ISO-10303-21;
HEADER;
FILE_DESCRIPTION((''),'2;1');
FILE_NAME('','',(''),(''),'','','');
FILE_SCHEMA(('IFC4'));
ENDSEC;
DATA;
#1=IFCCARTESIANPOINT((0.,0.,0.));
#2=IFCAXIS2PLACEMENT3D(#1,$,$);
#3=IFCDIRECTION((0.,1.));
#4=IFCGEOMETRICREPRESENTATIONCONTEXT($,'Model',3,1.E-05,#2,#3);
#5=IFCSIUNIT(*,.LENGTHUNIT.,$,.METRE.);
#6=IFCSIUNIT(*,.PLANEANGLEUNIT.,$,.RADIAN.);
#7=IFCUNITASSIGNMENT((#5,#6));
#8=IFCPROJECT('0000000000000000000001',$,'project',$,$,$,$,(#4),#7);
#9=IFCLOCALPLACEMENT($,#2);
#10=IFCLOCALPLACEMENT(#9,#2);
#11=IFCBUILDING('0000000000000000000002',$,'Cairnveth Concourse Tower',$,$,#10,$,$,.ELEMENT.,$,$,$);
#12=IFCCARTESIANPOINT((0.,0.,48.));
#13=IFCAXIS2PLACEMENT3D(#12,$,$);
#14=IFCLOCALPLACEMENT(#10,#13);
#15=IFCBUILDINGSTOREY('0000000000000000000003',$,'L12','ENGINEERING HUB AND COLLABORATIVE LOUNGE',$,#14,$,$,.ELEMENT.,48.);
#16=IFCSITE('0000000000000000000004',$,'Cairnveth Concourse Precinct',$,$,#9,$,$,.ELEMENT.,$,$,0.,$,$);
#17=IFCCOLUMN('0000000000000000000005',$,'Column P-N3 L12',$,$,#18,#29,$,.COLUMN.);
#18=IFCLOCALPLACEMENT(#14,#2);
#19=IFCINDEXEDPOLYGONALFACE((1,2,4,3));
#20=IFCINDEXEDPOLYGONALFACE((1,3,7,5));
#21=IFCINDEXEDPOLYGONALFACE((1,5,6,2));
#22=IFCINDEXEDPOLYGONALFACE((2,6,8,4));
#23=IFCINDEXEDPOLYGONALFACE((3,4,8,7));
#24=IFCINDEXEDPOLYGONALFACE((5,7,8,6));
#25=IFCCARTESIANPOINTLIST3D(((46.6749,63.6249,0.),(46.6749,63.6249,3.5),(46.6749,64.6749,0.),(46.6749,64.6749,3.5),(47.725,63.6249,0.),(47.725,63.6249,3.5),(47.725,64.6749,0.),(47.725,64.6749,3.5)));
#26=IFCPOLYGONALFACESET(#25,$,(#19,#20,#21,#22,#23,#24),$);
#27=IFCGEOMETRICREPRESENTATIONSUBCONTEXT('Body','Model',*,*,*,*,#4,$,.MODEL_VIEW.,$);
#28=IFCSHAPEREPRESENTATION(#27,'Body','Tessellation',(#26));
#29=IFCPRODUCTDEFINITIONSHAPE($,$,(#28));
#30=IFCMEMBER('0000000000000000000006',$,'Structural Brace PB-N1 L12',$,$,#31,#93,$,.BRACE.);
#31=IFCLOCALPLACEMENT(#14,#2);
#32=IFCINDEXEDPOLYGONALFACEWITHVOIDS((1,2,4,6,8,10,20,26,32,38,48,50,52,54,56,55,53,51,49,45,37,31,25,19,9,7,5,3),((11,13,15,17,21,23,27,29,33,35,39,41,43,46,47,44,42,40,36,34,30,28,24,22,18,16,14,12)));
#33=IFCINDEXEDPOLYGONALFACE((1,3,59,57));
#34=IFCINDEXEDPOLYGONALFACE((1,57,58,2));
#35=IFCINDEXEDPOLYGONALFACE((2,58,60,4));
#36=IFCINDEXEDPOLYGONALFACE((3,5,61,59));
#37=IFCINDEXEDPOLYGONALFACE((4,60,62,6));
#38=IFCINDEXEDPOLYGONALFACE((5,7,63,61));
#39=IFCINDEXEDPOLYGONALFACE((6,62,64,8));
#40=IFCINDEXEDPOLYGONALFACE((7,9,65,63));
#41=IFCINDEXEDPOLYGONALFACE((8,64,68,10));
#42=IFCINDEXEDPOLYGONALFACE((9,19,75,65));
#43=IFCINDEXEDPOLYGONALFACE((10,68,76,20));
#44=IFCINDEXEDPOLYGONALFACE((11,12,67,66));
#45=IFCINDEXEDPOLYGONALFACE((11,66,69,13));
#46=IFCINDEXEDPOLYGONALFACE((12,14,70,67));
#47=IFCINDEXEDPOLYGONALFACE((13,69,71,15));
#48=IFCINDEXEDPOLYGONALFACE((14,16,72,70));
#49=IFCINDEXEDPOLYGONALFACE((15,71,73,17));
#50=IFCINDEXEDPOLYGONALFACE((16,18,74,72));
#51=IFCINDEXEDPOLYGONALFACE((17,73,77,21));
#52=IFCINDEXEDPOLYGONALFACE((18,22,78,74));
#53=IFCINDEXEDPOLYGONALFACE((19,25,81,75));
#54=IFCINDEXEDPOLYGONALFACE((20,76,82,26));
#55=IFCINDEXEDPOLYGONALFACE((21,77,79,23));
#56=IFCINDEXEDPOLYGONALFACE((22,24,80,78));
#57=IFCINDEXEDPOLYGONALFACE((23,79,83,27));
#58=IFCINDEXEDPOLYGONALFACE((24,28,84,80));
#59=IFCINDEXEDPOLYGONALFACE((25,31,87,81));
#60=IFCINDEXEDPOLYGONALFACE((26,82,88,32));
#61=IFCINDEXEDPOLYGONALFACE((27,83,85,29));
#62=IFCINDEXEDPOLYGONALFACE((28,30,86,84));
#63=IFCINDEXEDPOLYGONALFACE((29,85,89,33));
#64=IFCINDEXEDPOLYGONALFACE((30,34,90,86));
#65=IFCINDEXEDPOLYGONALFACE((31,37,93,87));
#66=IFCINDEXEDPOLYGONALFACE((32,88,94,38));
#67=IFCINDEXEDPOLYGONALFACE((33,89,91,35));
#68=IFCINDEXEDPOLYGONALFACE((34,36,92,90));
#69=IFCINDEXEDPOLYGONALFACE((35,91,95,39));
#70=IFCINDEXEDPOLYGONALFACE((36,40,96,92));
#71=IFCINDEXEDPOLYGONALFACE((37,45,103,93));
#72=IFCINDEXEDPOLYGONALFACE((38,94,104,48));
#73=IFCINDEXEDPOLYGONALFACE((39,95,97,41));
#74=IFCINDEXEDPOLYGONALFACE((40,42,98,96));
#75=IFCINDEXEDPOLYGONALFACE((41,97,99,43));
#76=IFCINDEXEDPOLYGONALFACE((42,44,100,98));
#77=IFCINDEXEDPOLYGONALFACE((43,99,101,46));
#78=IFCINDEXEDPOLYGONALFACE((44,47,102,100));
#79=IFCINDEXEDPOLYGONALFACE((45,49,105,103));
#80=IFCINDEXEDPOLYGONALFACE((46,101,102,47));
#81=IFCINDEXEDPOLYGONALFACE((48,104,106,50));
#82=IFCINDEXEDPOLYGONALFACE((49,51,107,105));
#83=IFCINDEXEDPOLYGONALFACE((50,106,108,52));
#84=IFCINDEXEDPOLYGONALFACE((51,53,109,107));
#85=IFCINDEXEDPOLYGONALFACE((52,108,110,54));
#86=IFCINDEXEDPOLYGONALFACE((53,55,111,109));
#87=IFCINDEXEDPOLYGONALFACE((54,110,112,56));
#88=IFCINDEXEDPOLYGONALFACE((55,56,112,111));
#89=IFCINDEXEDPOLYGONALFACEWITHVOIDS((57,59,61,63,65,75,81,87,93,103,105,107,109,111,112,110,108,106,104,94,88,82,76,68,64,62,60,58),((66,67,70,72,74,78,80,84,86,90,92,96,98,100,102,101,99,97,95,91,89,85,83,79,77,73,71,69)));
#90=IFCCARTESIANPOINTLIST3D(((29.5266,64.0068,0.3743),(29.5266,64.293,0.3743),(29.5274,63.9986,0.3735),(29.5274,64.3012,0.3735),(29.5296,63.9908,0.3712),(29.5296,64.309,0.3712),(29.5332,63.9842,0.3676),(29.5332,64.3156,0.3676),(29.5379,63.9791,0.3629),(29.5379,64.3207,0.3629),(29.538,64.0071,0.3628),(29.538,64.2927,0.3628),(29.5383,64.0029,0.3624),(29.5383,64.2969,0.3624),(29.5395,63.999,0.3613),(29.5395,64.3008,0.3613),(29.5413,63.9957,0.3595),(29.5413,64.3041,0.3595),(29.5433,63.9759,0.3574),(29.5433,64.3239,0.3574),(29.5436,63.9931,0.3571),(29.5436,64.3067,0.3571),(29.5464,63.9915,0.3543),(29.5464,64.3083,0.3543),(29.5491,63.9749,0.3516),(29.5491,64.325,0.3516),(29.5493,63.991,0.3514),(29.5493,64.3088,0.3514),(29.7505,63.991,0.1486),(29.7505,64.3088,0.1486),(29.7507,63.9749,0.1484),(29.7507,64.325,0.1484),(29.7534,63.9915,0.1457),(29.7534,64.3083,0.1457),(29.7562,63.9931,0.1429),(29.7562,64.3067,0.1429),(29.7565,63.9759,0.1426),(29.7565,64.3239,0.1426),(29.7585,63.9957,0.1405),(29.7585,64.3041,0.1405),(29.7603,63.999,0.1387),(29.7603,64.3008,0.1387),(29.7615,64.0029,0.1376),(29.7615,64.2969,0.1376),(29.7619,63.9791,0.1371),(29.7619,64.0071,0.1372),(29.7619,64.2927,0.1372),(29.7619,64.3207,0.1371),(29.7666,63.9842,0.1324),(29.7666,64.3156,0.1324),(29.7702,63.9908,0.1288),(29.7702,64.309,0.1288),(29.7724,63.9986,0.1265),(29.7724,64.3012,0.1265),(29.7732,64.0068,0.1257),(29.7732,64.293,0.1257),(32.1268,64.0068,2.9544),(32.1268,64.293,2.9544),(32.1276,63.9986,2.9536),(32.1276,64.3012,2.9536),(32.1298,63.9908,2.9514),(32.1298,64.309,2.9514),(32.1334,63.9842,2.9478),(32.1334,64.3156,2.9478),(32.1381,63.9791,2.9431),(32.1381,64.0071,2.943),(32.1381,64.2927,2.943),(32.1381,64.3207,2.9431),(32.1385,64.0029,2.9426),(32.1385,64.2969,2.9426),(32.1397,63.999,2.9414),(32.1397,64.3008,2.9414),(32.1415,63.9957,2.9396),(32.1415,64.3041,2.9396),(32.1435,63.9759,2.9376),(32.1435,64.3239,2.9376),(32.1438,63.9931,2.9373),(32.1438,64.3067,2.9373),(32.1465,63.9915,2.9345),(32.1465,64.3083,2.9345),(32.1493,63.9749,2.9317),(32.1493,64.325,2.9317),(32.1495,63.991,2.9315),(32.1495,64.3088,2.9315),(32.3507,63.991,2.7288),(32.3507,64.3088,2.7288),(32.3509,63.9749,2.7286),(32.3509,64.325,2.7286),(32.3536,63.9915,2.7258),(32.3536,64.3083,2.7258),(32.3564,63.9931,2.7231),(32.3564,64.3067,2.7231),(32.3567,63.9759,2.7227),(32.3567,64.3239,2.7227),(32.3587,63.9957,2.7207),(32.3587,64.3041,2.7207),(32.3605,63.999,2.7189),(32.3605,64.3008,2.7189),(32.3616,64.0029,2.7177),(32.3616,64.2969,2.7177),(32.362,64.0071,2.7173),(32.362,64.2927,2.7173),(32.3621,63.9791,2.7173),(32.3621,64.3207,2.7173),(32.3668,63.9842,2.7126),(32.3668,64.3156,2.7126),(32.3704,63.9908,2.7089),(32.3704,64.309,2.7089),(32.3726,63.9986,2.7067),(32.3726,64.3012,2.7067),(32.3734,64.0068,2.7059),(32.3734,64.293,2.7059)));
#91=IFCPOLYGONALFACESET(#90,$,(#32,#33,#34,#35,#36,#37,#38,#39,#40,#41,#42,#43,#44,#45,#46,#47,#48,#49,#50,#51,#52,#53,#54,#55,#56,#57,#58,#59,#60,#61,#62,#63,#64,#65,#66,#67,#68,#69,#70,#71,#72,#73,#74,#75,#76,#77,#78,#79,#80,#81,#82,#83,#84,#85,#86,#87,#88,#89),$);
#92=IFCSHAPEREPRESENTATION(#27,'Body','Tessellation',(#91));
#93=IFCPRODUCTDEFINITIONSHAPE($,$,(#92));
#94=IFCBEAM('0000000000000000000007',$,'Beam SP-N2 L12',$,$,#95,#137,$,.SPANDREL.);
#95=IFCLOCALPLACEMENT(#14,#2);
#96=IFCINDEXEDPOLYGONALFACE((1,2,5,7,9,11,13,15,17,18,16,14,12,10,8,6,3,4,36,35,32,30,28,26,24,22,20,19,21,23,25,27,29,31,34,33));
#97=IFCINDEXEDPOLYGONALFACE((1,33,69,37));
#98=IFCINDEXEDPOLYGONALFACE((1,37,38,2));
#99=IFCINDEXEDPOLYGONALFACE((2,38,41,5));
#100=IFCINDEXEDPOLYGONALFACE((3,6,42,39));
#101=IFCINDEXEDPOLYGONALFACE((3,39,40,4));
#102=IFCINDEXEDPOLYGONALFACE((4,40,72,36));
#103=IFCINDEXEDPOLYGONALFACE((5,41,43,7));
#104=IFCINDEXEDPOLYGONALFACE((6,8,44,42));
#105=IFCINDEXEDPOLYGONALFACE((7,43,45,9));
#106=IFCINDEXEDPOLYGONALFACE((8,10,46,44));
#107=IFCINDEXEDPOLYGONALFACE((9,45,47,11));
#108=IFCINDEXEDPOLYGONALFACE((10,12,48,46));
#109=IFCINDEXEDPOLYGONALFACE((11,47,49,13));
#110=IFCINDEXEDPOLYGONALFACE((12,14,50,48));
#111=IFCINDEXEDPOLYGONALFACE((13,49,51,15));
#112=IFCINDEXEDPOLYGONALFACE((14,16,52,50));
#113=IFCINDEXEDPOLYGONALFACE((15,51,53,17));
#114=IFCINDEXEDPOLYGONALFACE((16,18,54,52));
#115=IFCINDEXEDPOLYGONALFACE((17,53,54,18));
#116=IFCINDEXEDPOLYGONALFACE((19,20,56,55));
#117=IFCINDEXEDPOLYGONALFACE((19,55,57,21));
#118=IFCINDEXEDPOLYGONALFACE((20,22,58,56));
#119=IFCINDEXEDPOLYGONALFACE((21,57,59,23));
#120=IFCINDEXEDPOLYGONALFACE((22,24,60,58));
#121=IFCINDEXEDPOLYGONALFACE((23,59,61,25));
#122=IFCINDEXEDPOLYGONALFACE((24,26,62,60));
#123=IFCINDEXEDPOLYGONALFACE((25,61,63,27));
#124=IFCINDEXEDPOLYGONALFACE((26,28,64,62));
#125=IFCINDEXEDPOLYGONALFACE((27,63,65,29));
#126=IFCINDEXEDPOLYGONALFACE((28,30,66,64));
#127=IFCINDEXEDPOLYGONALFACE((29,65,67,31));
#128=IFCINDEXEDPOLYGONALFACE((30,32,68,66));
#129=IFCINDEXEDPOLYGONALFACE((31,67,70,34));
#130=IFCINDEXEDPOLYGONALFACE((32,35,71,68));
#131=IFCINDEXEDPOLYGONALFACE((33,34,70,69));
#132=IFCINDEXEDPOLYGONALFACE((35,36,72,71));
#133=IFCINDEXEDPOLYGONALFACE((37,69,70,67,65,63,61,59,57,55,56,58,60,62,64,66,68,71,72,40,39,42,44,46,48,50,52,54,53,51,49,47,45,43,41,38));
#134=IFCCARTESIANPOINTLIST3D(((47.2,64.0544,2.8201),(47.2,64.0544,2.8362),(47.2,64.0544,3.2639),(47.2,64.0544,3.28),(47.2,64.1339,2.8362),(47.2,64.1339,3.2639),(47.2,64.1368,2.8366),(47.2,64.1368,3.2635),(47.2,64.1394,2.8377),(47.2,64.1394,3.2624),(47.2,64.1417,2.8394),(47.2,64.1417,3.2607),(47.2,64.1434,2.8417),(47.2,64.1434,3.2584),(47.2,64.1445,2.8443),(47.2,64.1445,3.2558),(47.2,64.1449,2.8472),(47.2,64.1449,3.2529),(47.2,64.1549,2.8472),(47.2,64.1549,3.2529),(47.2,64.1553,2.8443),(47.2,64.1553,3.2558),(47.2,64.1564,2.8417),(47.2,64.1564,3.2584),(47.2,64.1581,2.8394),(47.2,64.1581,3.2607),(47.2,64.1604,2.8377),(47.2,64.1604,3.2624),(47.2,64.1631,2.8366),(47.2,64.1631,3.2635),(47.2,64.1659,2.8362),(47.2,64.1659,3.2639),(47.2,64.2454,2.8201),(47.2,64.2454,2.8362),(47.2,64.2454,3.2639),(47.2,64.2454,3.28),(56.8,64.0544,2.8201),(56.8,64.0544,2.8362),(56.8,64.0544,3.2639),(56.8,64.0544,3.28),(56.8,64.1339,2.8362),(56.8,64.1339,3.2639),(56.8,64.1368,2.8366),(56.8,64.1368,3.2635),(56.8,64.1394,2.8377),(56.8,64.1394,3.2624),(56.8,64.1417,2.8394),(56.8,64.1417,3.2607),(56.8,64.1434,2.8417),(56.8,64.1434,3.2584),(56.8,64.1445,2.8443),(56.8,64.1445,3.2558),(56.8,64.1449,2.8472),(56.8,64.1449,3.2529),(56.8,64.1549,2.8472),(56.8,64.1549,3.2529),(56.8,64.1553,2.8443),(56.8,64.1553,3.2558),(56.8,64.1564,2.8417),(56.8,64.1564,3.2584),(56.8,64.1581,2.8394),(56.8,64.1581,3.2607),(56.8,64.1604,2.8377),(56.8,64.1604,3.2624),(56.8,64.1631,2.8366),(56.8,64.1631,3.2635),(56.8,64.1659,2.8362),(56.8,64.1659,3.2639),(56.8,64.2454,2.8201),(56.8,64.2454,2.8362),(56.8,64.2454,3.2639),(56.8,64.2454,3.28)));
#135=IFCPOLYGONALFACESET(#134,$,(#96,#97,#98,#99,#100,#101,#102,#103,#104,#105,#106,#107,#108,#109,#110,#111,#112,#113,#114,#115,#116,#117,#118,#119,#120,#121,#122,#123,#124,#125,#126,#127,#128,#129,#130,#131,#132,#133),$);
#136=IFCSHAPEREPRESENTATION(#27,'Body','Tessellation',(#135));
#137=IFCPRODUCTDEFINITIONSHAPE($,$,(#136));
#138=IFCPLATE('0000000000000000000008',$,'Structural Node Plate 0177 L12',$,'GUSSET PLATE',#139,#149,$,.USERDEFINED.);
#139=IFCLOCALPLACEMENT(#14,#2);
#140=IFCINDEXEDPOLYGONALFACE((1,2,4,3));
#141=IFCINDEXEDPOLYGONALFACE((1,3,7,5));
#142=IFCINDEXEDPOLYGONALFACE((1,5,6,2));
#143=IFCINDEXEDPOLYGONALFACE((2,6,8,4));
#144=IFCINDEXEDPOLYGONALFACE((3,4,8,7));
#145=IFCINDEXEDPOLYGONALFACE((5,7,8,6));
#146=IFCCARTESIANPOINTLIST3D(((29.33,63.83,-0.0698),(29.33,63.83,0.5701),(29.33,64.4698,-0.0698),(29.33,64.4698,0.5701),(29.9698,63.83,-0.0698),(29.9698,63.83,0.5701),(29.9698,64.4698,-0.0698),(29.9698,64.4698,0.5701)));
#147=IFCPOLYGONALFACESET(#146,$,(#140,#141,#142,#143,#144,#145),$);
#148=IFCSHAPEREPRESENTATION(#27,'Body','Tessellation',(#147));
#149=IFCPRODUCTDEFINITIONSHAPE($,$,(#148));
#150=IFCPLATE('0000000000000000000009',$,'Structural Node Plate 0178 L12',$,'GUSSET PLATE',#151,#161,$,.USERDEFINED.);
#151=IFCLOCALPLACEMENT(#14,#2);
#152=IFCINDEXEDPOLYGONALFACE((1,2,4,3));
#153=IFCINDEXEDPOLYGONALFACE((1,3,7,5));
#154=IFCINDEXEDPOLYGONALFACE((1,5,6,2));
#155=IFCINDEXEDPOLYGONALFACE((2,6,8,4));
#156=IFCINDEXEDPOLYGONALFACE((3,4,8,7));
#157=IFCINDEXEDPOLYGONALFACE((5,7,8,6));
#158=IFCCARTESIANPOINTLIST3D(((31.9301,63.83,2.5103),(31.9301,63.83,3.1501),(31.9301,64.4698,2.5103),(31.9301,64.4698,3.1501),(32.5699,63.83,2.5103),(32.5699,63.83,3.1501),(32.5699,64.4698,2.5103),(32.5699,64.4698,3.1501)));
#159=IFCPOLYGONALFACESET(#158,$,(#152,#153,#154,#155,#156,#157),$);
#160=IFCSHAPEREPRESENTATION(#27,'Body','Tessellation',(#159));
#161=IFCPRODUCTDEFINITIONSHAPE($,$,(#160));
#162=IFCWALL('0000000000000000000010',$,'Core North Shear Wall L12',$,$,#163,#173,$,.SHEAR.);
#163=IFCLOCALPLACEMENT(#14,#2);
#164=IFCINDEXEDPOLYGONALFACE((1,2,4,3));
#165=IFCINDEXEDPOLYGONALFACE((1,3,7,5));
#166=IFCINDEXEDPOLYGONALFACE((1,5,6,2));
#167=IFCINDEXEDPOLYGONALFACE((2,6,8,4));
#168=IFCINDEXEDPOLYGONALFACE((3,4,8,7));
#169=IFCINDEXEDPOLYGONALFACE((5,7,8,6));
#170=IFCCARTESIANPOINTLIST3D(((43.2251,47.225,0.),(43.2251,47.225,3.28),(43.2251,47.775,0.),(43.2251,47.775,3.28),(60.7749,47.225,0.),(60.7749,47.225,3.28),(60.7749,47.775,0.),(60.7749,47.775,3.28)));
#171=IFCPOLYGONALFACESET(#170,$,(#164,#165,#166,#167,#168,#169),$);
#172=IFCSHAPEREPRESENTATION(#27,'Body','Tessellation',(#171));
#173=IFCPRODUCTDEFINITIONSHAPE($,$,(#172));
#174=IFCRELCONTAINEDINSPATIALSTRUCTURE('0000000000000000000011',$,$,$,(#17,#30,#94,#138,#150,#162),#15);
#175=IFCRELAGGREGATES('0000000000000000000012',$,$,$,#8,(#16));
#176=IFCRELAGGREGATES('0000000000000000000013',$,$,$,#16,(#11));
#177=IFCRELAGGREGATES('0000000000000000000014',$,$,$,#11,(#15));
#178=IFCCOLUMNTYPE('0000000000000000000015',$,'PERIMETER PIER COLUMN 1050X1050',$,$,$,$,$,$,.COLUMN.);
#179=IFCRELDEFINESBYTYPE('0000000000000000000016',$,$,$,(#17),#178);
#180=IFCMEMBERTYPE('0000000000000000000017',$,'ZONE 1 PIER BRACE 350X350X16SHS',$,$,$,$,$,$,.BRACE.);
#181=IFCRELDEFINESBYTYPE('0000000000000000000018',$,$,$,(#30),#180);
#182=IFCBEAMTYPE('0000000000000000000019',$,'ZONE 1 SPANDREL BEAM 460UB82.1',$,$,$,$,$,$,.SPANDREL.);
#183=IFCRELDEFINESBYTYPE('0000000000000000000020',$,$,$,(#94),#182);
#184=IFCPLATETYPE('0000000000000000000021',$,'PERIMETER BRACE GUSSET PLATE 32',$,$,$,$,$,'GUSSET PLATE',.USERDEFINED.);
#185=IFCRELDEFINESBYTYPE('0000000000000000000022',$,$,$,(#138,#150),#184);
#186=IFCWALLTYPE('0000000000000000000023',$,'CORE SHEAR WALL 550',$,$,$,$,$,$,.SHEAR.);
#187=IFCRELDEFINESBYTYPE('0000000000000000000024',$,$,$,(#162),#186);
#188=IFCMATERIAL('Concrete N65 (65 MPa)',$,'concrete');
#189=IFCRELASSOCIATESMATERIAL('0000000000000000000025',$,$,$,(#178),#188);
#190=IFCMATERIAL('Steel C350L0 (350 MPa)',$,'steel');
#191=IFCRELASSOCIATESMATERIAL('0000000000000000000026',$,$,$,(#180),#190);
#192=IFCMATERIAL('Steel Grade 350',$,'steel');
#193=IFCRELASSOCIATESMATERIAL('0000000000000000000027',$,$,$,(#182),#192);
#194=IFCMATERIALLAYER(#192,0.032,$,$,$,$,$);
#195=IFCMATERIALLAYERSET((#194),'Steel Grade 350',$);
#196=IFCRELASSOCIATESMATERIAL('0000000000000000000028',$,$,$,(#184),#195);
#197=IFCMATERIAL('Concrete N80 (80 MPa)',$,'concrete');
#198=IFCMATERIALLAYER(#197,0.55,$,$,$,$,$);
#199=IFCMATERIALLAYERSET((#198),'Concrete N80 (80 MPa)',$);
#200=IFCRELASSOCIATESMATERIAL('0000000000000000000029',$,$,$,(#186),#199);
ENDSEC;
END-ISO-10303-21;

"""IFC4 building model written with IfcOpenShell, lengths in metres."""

from ifc_helpers import new_model, si_unit, direction, frame, frame_2d, origin, origin_2d, place, context, subcontext, project, spatial, rectangle, hollow_rectangle, i_section, extrude, material, layer, layer_set, material_profile, profile_set, type_object, element, save


model = new_model("IFC4")

# Units and contexts
model_context = context("Model", 3, precision=1e-05, world=origin(), true_north=direction((0.0, 1.0)))
body_context = subcontext(model_context, "Body", "Model", "MODEL_VIEW")
ifc_project = project(units=[si_unit("LENGTHUNIT", "METRE"), si_unit("PLANEANGLEUNIT", "RADIAN")], contexts=[model_context])

# Site, building, storey
site_placement = place(None, origin())
site = spatial("IfcSite", under=ifc_project, at=site_placement, Name="Cairnveth Concourse Precinct", CompositionType="ELEMENT", RefElevation=0.0)
building_placement = place(site_placement, origin())
building = spatial("IfcBuilding", under=site, at=building_placement, Name="Cairnveth Concourse Tower", CompositionType="ELEMENT")
storey_placement = place(building_placement, frame((0.0, 0.0, 48.0)))
storey = spatial("IfcBuildingStorey", under=building, at=storey_placement, Name="L12", Description="ENGINEERING HUB AND COLLABORATIVE LOUNGE", CompositionType="ELEMENT", Elevation=48.0)

# Column
ifc_material_1 = material(Name="Concrete N65 (65 MPa)", Category="concrete")
ifc_material_profile_1 = material_profile(ifc_material_1, rectangle(XDim=1.05, YDim=1.05, at=origin_2d()), Name="RC-COL-1050x1050")
ifc_profile_set_1 = profile_set([ifc_material_profile_1], Name="Concrete N65 (65 MPa)")
column_type = type_object("IfcColumnType", Name="PERIMETER PIER COLUMN 1050X1050", PredefinedType="COLUMN", material=ifc_profile_set_1)
column_placement = place(storey_placement, frame((47.2, 64.1499, 0.0), z_axis=(0.0, 0.0, 1.0), x_axis=(1.0, 0.0, 0.0)))
element("IfcColumn", 1, at=column_placement, inside=storey, type_object=column_type, Name="Column P-N3 L12", PredefinedType="COLUMN", context=body_context, shape_type="SweptSolid", body=[
    extrude(rectangle(XDim=1.05, YDim=1.05, at=origin_2d()), origin(), (0.0, 0.0, 1.0), 3.5),
])

# Member
ifc_material_2 = material(Name="Steel C350L0 (350 MPa)", Category="steel")
ifc_material_profile_2 = material_profile(ifc_material_2, hollow_rectangle(XDim=0.3501, YDim=0.3501, WallThickness=0.0161, InnerFilletRadius=0.0161, OuterFilletRadius=0.032, at=origin_2d()), Name="350x350x16.0SHS")
ifc_profile_set_2 = profile_set([ifc_material_profile_2], Name="Steel C350L0 (350 MPa)")
member_type = type_object("IfcMemberType", Name="ZONE 1 PIER BRACE 350X350X16SHS", PredefinedType="BRACE", material=ifc_profile_set_2)
member_placement = place(storey_placement, frame((29.6499, 64.1499, 0.25), z_axis=(0.709834, 0.0, 0.704369), x_axis=(0.0, 1.0, 0.0)))
element("IfcMember", 2, at=member_placement, inside=storey, type_object=member_type, Name="Structural Brace PB-N1 L12", PredefinedType="BRACE", context=body_context, shape_type="SweptSolid", body=[
    extrude(hollow_rectangle(XDim=0.3501, YDim=0.3501, WallThickness=0.0161, InnerFilletRadius=0.0161, OuterFilletRadius=0.032, at=origin_2d()), origin(), (0.0, 0.0, 1.0), 3.6631),
])

# Beam
ifc_material_3 = material(Name="Steel Grade 350", Category="steel")
ifc_material_profile_3 = material_profile(ifc_material_3, i_section(OverallWidth=0.1909, OverallDepth=0.46, WebThickness=0.01, FlangeThickness=0.0161, FilletRadius=0.011, at=origin_2d()), Name="460UB82.1")
ifc_profile_set_3 = profile_set([ifc_material_profile_3], Name="Steel Grade 350")
beam_type = type_object("IfcBeamType", Name="ZONE 1 SPANDREL BEAM 460UB82.1", PredefinedType="SPANDREL", material=ifc_profile_set_3)
beam_placement = place(storey_placement, frame((47.2, 64.1499, 3.05), z_axis=(1.0, 0.0, 0.0), x_axis=(0.0, 1.0, 0.0)))
element("IfcBeam", 3, at=beam_placement, inside=storey, type_object=beam_type, Name="Beam SP-N2 L12", PredefinedType="SPANDREL", context=body_context, shape_type="SweptSolid", body=[
    extrude(i_section(OverallWidth=0.1909, OverallDepth=0.46, WebThickness=0.01, FlangeThickness=0.0161, FilletRadius=0.011, at=origin_2d()), origin(), (0.0, 0.0, 1.0), 9.6001),
])

# Plates
ifc_layer_1 = layer(ifc_material_3, 0.032)
ifc_layer_set_1 = layer_set([ifc_layer_1], Name="Steel Grade 350")
plate_type = type_object("IfcPlateType", Name="PERIMETER BRACE GUSSET PLATE 32", ElementType="GUSSET PLATE", PredefinedType="USERDEFINED", material=ifc_layer_set_1)
for number, where, z_axis, x_axis, name in (
    (4, (29.6499, 64.1499, -0.0698), (0.0, 0.0, 1.0), (1.0, 0.0, 0.0), "Structural Node Plate 0177 L12"),
    (5, (32.25, 64.1499, 2.5103), (0.0, 0.0, 1.0), (1.0, 0.0, 0.0), "Structural Node Plate 0178 L12"),
):
    element("IfcPlate", number, at=place(storey_placement, frame(where, z_axis=z_axis, x_axis=x_axis)), inside=storey, type_object=plate_type, Name=name, ObjectType="GUSSET PLATE", PredefinedType="USERDEFINED", context=body_context, shape_type="SweptSolid", body=[
        extrude(rectangle(XDim=0.6399, YDim=0.6399, at=origin_2d()), origin(), (0.0, 0.0, 1.0), 0.6399),
    ])

# Wall
ifc_material_4 = material(Name="Concrete N80 (80 MPa)", Category="concrete")
ifc_layer_2 = layer(ifc_material_4, 0.55)
ifc_layer_set_2 = layer_set([ifc_layer_2], Name="Concrete N80 (80 MPa)")
wall_type_1 = type_object("IfcWallType", Name="CORE SHEAR WALL 550", PredefinedType="SHEAR", material=ifc_layer_set_2)
wall_1_placement = place(storey_placement, frame((43.2251, 47.5, 0.0), z_axis=(0.0, 0.0, 1.0), x_axis=(1.0, 0.0, 0.0)))
element("IfcWall", 6, at=wall_1_placement, inside=storey, type_object=wall_type_1, Name="Core North Shear Wall L12", PredefinedType="SHEAR", context=body_context, shape_type="SweptSolid", body=[
    extrude(rectangle(XDim=17.5498, YDim=0.55, at=frame_2d((8.7749, 0.0))), origin(), (0.0, 0.0, 1.0), 3.28),
])

save(model, "model.ifc")
